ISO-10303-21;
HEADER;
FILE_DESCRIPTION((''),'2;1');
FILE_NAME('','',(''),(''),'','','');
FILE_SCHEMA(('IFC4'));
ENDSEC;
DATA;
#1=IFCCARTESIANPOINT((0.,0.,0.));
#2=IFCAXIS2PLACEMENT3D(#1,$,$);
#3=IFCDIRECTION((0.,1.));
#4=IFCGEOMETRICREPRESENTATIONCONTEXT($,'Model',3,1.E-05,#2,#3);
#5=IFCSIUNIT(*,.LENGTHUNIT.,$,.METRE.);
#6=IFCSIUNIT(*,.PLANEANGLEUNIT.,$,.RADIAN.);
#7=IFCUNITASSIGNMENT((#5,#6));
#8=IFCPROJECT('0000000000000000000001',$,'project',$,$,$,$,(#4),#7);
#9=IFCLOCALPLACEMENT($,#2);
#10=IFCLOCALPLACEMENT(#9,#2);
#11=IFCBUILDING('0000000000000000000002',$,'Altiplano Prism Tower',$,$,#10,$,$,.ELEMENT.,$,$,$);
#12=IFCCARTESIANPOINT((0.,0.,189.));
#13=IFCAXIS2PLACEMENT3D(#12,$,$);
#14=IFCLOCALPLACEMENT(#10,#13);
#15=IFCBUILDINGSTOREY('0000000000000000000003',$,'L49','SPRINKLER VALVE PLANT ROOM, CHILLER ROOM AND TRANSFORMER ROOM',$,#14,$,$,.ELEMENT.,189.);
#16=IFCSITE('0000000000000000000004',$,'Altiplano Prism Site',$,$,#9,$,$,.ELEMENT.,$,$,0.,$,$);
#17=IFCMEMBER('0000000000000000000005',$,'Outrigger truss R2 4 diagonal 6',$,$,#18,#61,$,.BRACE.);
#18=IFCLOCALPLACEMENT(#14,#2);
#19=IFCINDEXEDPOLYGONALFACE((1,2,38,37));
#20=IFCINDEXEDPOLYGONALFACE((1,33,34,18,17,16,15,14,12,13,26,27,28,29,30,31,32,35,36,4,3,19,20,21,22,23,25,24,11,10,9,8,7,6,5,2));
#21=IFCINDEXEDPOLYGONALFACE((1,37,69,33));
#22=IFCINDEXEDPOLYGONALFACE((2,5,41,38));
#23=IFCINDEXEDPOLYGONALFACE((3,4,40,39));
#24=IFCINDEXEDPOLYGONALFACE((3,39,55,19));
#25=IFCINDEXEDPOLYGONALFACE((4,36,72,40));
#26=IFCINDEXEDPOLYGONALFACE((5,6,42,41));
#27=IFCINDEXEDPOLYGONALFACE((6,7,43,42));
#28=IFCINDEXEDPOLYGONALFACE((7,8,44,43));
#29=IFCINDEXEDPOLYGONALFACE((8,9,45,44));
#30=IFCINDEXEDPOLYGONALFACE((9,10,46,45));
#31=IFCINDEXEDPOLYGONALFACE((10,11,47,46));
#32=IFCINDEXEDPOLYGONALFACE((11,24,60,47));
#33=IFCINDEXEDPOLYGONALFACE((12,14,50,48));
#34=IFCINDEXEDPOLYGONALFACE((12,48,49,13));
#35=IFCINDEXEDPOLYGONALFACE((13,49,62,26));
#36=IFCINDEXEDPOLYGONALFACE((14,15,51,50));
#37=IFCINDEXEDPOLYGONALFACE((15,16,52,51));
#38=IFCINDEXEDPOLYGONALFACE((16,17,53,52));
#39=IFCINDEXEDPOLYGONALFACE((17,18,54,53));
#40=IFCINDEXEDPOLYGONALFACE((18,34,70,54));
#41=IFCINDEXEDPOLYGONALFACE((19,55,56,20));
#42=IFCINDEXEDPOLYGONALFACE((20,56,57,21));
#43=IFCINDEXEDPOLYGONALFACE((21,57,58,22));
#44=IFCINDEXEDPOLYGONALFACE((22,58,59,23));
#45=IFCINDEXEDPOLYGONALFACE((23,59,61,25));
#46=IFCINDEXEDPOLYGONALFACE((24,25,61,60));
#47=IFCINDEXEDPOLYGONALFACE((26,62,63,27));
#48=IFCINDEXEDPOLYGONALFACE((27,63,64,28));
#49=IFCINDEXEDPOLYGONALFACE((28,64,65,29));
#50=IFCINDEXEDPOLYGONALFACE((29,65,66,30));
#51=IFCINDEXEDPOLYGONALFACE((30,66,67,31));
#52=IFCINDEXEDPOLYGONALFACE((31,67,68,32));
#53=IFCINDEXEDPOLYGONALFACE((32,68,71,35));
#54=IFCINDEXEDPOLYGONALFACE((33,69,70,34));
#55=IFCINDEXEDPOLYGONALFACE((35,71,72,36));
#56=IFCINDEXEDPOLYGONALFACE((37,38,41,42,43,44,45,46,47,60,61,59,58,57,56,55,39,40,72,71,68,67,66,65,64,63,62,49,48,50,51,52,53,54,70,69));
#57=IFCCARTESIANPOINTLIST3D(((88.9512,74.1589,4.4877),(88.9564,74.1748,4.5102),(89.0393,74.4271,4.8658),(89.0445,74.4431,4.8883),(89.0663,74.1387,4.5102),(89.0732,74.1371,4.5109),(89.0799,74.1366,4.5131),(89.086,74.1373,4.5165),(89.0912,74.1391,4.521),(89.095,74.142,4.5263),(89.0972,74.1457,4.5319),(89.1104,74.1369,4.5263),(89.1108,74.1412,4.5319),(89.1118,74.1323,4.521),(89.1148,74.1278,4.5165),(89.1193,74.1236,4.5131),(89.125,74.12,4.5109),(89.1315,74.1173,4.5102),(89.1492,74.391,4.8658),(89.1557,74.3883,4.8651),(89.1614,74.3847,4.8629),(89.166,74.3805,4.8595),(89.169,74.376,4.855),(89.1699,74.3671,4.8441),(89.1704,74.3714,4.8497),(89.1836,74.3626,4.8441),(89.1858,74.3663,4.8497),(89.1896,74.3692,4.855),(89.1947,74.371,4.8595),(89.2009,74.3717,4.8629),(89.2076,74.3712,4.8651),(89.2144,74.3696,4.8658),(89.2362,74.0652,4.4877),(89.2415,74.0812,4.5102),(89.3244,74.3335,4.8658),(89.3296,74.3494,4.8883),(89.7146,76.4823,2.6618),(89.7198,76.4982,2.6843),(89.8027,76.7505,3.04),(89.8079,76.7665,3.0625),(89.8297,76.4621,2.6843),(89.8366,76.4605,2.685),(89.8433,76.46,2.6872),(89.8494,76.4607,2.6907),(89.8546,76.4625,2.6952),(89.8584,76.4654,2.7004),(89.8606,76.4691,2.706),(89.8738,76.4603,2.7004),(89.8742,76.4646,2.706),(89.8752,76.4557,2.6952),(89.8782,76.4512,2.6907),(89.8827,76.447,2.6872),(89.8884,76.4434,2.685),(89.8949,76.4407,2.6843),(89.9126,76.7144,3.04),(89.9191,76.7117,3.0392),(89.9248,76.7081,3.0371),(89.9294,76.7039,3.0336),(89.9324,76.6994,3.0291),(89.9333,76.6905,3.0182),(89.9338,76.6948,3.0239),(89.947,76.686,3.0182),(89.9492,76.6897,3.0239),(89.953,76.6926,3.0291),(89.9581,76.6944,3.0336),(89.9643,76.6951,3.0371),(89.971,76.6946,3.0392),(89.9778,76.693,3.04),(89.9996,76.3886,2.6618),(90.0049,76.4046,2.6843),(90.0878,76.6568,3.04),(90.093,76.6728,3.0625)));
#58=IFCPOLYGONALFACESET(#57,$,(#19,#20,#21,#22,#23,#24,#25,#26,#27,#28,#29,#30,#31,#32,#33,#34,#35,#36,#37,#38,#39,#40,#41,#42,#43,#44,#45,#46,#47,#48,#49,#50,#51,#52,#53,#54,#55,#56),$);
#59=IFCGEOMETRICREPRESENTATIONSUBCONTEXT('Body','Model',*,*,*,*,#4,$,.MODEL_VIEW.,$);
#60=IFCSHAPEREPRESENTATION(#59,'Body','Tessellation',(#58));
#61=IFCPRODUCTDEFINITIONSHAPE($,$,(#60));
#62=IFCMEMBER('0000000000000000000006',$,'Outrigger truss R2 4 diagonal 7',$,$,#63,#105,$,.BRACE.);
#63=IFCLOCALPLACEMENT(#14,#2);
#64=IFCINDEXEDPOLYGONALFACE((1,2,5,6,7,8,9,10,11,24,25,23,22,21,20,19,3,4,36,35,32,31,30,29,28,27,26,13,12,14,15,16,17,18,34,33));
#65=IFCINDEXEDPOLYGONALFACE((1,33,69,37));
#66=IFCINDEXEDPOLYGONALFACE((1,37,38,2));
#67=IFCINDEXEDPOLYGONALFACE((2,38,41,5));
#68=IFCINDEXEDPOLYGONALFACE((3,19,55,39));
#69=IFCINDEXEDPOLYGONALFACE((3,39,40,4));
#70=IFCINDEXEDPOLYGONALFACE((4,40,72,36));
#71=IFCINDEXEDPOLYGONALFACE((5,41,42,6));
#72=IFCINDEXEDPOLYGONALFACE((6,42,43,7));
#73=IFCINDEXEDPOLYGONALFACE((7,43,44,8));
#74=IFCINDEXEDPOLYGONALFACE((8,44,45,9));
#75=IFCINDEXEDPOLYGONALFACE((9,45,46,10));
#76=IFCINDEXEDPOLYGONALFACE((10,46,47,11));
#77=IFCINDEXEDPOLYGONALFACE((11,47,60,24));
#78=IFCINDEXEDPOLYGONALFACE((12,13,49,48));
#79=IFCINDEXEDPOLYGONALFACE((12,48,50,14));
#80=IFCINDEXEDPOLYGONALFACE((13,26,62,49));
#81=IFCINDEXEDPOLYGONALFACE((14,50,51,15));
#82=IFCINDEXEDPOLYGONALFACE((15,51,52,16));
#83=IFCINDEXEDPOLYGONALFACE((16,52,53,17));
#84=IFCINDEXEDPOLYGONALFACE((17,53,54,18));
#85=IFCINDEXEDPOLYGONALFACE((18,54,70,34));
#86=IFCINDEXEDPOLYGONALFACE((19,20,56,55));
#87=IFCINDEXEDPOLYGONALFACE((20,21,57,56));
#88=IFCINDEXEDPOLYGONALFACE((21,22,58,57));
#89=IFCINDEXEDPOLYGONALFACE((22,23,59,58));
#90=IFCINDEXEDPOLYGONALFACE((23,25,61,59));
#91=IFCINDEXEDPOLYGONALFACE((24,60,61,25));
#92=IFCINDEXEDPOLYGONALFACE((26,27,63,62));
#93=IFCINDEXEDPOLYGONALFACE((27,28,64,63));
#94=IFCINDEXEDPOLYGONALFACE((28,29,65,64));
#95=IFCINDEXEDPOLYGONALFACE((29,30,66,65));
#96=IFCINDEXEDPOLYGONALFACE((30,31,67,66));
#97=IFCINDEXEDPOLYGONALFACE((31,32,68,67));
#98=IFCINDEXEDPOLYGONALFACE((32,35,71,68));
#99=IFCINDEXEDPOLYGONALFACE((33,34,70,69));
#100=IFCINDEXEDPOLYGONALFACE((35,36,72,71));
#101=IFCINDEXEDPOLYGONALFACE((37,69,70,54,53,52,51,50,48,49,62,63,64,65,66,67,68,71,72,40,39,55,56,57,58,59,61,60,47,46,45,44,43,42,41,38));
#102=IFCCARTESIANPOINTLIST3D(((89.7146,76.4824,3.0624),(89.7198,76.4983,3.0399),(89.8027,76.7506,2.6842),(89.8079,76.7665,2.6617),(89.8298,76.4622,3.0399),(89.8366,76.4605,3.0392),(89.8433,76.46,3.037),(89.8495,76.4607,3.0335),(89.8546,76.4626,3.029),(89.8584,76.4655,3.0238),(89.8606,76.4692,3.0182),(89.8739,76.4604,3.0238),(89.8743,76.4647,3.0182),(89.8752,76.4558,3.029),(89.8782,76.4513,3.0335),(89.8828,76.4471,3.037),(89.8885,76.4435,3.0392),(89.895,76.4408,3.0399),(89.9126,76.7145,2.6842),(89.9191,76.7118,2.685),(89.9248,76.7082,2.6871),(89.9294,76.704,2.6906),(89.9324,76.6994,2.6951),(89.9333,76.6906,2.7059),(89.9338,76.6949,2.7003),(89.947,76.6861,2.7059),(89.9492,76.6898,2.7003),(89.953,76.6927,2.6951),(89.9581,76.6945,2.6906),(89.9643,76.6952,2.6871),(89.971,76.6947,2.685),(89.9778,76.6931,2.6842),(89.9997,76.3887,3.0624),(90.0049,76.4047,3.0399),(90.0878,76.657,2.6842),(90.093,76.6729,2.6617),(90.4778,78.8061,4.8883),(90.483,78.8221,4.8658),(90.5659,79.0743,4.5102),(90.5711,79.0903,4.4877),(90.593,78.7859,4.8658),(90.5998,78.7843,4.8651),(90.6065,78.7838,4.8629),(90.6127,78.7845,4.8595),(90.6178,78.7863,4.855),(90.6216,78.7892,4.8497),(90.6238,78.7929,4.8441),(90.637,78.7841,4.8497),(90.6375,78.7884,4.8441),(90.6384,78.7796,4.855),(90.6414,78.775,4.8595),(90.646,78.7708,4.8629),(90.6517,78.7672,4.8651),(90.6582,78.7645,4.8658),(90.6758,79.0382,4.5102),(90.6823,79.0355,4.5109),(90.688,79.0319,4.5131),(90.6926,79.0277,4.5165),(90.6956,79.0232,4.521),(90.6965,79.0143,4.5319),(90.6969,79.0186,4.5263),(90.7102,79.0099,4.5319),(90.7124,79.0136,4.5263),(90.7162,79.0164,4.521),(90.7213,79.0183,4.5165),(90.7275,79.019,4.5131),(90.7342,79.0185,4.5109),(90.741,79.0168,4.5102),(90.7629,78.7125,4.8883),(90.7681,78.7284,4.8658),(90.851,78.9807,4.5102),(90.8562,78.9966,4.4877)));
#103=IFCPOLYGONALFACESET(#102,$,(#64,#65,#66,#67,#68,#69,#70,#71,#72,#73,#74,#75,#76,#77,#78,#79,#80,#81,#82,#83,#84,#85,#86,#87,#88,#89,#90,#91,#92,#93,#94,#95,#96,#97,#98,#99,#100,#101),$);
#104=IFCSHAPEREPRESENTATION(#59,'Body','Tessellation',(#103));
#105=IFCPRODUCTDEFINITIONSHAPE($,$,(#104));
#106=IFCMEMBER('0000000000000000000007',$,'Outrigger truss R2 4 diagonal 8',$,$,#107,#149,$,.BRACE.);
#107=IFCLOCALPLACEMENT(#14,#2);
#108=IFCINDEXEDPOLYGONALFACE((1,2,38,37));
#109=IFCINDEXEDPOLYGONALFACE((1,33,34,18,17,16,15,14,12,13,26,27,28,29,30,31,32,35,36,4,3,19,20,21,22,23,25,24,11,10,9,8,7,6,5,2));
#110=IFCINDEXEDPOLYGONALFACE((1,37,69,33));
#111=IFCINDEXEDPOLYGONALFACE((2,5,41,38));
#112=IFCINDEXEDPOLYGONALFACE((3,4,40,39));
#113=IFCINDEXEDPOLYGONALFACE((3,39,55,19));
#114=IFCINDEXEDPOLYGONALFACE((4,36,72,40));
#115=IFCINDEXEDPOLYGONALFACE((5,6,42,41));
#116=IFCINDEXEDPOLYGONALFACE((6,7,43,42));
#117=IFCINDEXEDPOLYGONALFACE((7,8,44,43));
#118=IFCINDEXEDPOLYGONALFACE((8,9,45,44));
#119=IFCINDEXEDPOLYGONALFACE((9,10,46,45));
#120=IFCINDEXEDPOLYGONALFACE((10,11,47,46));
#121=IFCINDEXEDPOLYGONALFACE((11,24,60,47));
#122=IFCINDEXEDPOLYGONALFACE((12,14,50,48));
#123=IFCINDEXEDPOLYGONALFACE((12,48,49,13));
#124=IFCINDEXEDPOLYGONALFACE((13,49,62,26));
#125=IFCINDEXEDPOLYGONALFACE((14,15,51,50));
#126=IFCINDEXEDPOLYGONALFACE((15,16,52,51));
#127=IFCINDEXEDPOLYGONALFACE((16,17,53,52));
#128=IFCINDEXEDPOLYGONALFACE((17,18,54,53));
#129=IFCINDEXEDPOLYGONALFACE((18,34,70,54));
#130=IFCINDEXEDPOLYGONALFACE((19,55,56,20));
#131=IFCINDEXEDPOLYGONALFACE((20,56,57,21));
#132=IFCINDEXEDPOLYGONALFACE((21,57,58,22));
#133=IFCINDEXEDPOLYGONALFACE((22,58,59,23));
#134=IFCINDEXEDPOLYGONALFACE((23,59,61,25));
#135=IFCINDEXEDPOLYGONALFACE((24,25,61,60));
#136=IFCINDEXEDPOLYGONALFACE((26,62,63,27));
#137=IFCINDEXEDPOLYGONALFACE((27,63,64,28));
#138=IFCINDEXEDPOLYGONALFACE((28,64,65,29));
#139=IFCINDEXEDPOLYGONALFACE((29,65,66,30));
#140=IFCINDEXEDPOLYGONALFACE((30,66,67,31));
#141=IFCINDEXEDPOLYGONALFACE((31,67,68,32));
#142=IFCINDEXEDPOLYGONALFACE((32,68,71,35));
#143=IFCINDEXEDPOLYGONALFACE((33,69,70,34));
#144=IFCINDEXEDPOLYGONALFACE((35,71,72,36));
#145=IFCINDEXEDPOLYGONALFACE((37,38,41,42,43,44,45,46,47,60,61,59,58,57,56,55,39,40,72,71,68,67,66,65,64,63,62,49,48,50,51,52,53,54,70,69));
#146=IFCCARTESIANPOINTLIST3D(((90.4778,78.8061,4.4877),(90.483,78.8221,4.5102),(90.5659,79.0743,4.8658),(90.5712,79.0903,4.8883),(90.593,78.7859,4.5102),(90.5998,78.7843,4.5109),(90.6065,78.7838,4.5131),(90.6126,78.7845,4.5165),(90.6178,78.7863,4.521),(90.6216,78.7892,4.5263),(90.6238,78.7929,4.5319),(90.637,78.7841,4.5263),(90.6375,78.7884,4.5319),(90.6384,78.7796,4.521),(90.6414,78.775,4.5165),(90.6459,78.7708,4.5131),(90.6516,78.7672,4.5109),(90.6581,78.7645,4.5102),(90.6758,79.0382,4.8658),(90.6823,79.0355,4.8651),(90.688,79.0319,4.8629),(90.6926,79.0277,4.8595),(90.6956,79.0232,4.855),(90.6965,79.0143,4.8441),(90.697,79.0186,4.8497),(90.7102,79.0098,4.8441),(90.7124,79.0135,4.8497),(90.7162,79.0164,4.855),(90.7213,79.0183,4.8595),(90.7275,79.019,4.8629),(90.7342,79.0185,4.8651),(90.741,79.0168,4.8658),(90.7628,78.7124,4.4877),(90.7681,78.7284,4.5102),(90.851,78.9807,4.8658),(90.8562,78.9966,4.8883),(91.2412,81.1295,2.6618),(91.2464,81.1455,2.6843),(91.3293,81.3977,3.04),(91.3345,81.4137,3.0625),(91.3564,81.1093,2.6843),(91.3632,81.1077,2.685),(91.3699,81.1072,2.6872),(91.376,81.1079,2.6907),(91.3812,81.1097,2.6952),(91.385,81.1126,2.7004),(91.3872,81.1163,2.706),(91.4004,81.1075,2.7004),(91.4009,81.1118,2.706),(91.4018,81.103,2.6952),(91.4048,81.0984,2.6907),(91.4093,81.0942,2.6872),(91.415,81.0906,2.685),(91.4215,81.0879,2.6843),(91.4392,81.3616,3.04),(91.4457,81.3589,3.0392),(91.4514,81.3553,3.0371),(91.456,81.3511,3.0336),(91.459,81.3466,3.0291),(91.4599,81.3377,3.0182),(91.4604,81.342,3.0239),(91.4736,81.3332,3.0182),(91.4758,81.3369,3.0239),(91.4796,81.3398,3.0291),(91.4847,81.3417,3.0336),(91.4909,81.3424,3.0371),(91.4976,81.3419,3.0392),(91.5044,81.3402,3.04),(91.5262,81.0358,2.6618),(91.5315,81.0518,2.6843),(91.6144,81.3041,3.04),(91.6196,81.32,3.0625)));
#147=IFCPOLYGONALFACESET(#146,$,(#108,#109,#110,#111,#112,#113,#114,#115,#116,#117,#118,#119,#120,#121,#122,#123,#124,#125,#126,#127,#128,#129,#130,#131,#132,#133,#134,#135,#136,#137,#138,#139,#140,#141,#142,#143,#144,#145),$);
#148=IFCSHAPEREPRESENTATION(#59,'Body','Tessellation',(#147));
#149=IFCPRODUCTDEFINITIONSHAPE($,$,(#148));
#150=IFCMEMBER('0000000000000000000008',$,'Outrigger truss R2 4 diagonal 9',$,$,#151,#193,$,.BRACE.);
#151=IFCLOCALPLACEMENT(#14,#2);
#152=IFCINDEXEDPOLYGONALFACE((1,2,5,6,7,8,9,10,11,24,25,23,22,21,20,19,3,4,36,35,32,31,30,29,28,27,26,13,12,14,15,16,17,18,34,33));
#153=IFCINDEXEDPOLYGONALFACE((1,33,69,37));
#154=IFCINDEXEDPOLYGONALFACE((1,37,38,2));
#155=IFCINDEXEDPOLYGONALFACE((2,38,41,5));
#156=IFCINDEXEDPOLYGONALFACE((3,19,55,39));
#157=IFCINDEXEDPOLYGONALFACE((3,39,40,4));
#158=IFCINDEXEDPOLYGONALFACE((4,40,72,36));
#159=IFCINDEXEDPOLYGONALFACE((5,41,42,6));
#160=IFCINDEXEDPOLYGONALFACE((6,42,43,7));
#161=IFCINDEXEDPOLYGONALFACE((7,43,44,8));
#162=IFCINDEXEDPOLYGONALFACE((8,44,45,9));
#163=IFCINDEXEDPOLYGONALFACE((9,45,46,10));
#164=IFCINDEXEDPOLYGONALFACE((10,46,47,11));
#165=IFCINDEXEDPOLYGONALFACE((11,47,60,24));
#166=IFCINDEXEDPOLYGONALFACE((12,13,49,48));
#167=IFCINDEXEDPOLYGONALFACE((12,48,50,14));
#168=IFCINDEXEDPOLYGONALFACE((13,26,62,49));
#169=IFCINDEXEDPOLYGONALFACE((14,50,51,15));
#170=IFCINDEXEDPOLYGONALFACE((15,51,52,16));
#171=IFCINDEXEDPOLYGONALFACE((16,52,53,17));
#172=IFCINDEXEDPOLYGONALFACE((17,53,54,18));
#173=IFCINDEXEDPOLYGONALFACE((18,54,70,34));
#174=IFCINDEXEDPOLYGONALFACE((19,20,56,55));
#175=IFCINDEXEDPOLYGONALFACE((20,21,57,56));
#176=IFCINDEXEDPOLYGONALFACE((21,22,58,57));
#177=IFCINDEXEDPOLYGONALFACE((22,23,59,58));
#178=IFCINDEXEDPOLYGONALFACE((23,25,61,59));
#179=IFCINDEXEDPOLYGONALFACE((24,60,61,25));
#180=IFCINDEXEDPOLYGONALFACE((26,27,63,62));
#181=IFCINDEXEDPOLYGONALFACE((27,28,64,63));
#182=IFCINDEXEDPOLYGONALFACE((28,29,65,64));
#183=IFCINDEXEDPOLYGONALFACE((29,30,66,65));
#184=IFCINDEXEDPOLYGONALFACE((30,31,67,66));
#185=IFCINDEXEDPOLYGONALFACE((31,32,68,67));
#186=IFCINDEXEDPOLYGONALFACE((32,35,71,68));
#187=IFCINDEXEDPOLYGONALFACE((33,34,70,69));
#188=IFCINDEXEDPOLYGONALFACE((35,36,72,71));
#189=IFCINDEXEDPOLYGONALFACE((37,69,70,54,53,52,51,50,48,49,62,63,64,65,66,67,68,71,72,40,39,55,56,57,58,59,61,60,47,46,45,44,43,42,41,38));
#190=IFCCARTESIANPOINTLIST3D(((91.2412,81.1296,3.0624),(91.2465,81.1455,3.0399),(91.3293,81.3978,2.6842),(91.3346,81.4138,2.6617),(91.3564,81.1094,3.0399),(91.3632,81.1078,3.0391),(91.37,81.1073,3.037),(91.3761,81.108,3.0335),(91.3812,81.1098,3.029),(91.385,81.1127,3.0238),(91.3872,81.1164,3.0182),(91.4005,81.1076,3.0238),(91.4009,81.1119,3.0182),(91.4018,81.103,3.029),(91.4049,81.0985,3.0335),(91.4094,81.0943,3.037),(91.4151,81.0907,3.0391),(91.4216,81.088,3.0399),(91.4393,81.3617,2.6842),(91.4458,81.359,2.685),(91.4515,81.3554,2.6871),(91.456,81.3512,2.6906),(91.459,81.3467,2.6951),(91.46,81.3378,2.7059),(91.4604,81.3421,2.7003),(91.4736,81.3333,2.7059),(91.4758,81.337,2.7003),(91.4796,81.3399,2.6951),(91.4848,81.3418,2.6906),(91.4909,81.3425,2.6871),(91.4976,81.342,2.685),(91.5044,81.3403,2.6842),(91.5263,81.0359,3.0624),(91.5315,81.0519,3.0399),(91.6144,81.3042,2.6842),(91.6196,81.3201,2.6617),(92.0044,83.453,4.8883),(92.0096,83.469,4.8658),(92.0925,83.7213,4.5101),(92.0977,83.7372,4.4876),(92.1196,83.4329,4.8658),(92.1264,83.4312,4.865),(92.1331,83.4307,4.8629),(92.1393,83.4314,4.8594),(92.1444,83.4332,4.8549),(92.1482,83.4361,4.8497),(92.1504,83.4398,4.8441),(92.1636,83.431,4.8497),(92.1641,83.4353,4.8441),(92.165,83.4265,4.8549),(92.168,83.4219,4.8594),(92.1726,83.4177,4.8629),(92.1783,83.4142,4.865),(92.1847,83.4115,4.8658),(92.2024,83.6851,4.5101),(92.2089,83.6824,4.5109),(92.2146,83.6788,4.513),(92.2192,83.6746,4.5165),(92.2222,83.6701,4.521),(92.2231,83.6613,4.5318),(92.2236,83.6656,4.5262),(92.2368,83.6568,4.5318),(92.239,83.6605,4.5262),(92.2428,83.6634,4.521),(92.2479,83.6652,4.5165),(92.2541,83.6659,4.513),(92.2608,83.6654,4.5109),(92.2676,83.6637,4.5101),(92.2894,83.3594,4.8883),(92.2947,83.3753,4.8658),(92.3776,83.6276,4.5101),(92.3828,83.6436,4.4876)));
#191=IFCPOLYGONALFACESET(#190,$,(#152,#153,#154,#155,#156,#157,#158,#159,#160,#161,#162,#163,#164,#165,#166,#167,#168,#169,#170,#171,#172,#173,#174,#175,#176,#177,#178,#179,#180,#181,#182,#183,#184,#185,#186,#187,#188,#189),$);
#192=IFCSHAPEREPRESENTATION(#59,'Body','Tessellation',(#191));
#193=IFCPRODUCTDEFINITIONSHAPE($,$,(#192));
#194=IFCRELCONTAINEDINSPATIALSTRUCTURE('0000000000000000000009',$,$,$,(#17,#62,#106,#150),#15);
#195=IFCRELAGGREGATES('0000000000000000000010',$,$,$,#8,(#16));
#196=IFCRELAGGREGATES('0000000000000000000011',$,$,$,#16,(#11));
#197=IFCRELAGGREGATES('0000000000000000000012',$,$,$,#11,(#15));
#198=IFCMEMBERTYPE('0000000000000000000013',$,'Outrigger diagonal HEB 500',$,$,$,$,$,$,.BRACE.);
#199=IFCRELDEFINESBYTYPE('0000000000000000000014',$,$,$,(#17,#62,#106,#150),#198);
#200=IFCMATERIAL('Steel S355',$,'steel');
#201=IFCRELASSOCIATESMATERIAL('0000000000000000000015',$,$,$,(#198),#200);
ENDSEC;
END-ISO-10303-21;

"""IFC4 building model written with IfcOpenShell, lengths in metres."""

from ifc_helpers import new_model, si_unit, direction, frame, origin, origin_2d, place, context, subcontext, project, spatial, i_section, extrude, material, material_profile, profile_set, type_object, element, save


model = new_model("IFC4")

# Units and contexts
model_context = context("Model", 3, precision=1e-05, world=origin(), true_north=direction((0.0, 1.0)))
body_context = subcontext(model_context, "Body", "Model", "MODEL_VIEW")
ifc_project = project(units=[si_unit("LENGTHUNIT", "METRE"), si_unit("PLANEANGLEUNIT", "RADIAN")], contexts=[model_context])

# Site, building, storey
site_placement = place(None, origin())
site = spatial("IfcSite", under=ifc_project, at=site_placement, Name="Altiplano Prism Site", CompositionType="ELEMENT", RefElevation=0.0)
building_placement = place(site_placement, origin())
building = spatial("IfcBuilding", under=site, at=building_placement, Name="Altiplano Prism Tower", CompositionType="ELEMENT")
storey_placement = place(building_placement, frame((0.0, 0.0, 189.0)))
storey = spatial("IfcBuildingStorey", under=building, at=storey_placement, Name="L49", Description="SPRINKLER VALVE PLANT ROOM, CHILLER ROOM AND TRANSFORMER ROOM", CompositionType="ELEMENT", Elevation=189.0)

# Members
ifc_material_1 = material(Name="Steel S355", Category="steel")
ifc_material_profile_1 = material_profile(ifc_material_1, i_section(OverallWidth=0.3, OverallDepth=0.5, WebThickness=0.0144, FlangeThickness=0.0281, FilletRadius=0.0271, at=origin_2d()), Name="Outrigger diagonal HEB 500")
ifc_profile_set_1 = profile_set([ifc_material_profile_1], Name="Steel S355")
member_type_1 = type_object("IfcMemberType", Name="Outrigger diagonal HEB 500", PredefinedType="BRACE", material=ifc_profile_set_1)
member_1_placement = place(storey_placement, frame((89.1404, 74.2542, 4.688), z_axis=(0.25013, 0.76127, -0.598249), x_axis=(-0.950032, 0.312152, 0.0)))
element("IfcMember", 1, at=member_1_placement, inside=storey, type_object=member_type_1, Name="Outrigger truss R2 4 diagonal 6", PredefinedType="BRACE", context=body_context, shape_type="SweptSolid", body=[
    extrude(i_section(OverallWidth=0.3, OverallDepth=0.5, WebThickness=0.0144, FlangeThickness=0.0281, FilletRadius=0.0271, at=origin_2d()), origin(), (0.0, 0.0, 1.0), 3.052),
])
member_2_placement = place(storey_placement, frame((89.9038, 76.5776, 2.8621), z_axis=(0.25004, 0.761319, 0.598225), x_axis=(-0.950071, 0.312032, 0.0)))
element("IfcMember", 2, at=member_2_placement, inside=storey, type_object=member_type_1, Name="Outrigger truss R2 4 diagonal 7", PredefinedType="BRACE", context=body_context, shape_type="SweptSolid", body=[
    extrude(i_section(OverallWidth=0.3, OverallDepth=0.5, WebThickness=0.0144, FlangeThickness=0.0281, FilletRadius=0.0271, at=origin_2d()), origin(), (0.0, 0.0, 1.0), 3.0522),
])
for number, where, z_axis, x_axis, name in (
    (3, (90.667, 78.9014, 4.688), (0.25013, 0.76127, -0.598249), (-0.950032, 0.312152, 0.0), "Outrigger truss R2 4 diagonal 8"),
    (4, (91.4304, 81.2249, 2.8621), (0.250056, 0.761285, 0.598261), (-0.950062, 0.312062, 0.0), "Outrigger truss R2 4 diagonal 9"),
):
    element("IfcMember", number, at=place(storey_placement, frame(where, z_axis=z_axis, x_axis=x_axis)), inside=storey, type_object=member_type_1, Name=name, PredefinedType="BRACE", context=body_context, shape_type="SweptSolid", body=[
        extrude(i_section(OverallWidth=0.3, OverallDepth=0.5, WebThickness=0.0144, FlangeThickness=0.0281, FilletRadius=0.0271, at=origin_2d()), origin(), (0.0, 0.0, 1.0), 3.052),
    ])

save(model, "model.ifc")
